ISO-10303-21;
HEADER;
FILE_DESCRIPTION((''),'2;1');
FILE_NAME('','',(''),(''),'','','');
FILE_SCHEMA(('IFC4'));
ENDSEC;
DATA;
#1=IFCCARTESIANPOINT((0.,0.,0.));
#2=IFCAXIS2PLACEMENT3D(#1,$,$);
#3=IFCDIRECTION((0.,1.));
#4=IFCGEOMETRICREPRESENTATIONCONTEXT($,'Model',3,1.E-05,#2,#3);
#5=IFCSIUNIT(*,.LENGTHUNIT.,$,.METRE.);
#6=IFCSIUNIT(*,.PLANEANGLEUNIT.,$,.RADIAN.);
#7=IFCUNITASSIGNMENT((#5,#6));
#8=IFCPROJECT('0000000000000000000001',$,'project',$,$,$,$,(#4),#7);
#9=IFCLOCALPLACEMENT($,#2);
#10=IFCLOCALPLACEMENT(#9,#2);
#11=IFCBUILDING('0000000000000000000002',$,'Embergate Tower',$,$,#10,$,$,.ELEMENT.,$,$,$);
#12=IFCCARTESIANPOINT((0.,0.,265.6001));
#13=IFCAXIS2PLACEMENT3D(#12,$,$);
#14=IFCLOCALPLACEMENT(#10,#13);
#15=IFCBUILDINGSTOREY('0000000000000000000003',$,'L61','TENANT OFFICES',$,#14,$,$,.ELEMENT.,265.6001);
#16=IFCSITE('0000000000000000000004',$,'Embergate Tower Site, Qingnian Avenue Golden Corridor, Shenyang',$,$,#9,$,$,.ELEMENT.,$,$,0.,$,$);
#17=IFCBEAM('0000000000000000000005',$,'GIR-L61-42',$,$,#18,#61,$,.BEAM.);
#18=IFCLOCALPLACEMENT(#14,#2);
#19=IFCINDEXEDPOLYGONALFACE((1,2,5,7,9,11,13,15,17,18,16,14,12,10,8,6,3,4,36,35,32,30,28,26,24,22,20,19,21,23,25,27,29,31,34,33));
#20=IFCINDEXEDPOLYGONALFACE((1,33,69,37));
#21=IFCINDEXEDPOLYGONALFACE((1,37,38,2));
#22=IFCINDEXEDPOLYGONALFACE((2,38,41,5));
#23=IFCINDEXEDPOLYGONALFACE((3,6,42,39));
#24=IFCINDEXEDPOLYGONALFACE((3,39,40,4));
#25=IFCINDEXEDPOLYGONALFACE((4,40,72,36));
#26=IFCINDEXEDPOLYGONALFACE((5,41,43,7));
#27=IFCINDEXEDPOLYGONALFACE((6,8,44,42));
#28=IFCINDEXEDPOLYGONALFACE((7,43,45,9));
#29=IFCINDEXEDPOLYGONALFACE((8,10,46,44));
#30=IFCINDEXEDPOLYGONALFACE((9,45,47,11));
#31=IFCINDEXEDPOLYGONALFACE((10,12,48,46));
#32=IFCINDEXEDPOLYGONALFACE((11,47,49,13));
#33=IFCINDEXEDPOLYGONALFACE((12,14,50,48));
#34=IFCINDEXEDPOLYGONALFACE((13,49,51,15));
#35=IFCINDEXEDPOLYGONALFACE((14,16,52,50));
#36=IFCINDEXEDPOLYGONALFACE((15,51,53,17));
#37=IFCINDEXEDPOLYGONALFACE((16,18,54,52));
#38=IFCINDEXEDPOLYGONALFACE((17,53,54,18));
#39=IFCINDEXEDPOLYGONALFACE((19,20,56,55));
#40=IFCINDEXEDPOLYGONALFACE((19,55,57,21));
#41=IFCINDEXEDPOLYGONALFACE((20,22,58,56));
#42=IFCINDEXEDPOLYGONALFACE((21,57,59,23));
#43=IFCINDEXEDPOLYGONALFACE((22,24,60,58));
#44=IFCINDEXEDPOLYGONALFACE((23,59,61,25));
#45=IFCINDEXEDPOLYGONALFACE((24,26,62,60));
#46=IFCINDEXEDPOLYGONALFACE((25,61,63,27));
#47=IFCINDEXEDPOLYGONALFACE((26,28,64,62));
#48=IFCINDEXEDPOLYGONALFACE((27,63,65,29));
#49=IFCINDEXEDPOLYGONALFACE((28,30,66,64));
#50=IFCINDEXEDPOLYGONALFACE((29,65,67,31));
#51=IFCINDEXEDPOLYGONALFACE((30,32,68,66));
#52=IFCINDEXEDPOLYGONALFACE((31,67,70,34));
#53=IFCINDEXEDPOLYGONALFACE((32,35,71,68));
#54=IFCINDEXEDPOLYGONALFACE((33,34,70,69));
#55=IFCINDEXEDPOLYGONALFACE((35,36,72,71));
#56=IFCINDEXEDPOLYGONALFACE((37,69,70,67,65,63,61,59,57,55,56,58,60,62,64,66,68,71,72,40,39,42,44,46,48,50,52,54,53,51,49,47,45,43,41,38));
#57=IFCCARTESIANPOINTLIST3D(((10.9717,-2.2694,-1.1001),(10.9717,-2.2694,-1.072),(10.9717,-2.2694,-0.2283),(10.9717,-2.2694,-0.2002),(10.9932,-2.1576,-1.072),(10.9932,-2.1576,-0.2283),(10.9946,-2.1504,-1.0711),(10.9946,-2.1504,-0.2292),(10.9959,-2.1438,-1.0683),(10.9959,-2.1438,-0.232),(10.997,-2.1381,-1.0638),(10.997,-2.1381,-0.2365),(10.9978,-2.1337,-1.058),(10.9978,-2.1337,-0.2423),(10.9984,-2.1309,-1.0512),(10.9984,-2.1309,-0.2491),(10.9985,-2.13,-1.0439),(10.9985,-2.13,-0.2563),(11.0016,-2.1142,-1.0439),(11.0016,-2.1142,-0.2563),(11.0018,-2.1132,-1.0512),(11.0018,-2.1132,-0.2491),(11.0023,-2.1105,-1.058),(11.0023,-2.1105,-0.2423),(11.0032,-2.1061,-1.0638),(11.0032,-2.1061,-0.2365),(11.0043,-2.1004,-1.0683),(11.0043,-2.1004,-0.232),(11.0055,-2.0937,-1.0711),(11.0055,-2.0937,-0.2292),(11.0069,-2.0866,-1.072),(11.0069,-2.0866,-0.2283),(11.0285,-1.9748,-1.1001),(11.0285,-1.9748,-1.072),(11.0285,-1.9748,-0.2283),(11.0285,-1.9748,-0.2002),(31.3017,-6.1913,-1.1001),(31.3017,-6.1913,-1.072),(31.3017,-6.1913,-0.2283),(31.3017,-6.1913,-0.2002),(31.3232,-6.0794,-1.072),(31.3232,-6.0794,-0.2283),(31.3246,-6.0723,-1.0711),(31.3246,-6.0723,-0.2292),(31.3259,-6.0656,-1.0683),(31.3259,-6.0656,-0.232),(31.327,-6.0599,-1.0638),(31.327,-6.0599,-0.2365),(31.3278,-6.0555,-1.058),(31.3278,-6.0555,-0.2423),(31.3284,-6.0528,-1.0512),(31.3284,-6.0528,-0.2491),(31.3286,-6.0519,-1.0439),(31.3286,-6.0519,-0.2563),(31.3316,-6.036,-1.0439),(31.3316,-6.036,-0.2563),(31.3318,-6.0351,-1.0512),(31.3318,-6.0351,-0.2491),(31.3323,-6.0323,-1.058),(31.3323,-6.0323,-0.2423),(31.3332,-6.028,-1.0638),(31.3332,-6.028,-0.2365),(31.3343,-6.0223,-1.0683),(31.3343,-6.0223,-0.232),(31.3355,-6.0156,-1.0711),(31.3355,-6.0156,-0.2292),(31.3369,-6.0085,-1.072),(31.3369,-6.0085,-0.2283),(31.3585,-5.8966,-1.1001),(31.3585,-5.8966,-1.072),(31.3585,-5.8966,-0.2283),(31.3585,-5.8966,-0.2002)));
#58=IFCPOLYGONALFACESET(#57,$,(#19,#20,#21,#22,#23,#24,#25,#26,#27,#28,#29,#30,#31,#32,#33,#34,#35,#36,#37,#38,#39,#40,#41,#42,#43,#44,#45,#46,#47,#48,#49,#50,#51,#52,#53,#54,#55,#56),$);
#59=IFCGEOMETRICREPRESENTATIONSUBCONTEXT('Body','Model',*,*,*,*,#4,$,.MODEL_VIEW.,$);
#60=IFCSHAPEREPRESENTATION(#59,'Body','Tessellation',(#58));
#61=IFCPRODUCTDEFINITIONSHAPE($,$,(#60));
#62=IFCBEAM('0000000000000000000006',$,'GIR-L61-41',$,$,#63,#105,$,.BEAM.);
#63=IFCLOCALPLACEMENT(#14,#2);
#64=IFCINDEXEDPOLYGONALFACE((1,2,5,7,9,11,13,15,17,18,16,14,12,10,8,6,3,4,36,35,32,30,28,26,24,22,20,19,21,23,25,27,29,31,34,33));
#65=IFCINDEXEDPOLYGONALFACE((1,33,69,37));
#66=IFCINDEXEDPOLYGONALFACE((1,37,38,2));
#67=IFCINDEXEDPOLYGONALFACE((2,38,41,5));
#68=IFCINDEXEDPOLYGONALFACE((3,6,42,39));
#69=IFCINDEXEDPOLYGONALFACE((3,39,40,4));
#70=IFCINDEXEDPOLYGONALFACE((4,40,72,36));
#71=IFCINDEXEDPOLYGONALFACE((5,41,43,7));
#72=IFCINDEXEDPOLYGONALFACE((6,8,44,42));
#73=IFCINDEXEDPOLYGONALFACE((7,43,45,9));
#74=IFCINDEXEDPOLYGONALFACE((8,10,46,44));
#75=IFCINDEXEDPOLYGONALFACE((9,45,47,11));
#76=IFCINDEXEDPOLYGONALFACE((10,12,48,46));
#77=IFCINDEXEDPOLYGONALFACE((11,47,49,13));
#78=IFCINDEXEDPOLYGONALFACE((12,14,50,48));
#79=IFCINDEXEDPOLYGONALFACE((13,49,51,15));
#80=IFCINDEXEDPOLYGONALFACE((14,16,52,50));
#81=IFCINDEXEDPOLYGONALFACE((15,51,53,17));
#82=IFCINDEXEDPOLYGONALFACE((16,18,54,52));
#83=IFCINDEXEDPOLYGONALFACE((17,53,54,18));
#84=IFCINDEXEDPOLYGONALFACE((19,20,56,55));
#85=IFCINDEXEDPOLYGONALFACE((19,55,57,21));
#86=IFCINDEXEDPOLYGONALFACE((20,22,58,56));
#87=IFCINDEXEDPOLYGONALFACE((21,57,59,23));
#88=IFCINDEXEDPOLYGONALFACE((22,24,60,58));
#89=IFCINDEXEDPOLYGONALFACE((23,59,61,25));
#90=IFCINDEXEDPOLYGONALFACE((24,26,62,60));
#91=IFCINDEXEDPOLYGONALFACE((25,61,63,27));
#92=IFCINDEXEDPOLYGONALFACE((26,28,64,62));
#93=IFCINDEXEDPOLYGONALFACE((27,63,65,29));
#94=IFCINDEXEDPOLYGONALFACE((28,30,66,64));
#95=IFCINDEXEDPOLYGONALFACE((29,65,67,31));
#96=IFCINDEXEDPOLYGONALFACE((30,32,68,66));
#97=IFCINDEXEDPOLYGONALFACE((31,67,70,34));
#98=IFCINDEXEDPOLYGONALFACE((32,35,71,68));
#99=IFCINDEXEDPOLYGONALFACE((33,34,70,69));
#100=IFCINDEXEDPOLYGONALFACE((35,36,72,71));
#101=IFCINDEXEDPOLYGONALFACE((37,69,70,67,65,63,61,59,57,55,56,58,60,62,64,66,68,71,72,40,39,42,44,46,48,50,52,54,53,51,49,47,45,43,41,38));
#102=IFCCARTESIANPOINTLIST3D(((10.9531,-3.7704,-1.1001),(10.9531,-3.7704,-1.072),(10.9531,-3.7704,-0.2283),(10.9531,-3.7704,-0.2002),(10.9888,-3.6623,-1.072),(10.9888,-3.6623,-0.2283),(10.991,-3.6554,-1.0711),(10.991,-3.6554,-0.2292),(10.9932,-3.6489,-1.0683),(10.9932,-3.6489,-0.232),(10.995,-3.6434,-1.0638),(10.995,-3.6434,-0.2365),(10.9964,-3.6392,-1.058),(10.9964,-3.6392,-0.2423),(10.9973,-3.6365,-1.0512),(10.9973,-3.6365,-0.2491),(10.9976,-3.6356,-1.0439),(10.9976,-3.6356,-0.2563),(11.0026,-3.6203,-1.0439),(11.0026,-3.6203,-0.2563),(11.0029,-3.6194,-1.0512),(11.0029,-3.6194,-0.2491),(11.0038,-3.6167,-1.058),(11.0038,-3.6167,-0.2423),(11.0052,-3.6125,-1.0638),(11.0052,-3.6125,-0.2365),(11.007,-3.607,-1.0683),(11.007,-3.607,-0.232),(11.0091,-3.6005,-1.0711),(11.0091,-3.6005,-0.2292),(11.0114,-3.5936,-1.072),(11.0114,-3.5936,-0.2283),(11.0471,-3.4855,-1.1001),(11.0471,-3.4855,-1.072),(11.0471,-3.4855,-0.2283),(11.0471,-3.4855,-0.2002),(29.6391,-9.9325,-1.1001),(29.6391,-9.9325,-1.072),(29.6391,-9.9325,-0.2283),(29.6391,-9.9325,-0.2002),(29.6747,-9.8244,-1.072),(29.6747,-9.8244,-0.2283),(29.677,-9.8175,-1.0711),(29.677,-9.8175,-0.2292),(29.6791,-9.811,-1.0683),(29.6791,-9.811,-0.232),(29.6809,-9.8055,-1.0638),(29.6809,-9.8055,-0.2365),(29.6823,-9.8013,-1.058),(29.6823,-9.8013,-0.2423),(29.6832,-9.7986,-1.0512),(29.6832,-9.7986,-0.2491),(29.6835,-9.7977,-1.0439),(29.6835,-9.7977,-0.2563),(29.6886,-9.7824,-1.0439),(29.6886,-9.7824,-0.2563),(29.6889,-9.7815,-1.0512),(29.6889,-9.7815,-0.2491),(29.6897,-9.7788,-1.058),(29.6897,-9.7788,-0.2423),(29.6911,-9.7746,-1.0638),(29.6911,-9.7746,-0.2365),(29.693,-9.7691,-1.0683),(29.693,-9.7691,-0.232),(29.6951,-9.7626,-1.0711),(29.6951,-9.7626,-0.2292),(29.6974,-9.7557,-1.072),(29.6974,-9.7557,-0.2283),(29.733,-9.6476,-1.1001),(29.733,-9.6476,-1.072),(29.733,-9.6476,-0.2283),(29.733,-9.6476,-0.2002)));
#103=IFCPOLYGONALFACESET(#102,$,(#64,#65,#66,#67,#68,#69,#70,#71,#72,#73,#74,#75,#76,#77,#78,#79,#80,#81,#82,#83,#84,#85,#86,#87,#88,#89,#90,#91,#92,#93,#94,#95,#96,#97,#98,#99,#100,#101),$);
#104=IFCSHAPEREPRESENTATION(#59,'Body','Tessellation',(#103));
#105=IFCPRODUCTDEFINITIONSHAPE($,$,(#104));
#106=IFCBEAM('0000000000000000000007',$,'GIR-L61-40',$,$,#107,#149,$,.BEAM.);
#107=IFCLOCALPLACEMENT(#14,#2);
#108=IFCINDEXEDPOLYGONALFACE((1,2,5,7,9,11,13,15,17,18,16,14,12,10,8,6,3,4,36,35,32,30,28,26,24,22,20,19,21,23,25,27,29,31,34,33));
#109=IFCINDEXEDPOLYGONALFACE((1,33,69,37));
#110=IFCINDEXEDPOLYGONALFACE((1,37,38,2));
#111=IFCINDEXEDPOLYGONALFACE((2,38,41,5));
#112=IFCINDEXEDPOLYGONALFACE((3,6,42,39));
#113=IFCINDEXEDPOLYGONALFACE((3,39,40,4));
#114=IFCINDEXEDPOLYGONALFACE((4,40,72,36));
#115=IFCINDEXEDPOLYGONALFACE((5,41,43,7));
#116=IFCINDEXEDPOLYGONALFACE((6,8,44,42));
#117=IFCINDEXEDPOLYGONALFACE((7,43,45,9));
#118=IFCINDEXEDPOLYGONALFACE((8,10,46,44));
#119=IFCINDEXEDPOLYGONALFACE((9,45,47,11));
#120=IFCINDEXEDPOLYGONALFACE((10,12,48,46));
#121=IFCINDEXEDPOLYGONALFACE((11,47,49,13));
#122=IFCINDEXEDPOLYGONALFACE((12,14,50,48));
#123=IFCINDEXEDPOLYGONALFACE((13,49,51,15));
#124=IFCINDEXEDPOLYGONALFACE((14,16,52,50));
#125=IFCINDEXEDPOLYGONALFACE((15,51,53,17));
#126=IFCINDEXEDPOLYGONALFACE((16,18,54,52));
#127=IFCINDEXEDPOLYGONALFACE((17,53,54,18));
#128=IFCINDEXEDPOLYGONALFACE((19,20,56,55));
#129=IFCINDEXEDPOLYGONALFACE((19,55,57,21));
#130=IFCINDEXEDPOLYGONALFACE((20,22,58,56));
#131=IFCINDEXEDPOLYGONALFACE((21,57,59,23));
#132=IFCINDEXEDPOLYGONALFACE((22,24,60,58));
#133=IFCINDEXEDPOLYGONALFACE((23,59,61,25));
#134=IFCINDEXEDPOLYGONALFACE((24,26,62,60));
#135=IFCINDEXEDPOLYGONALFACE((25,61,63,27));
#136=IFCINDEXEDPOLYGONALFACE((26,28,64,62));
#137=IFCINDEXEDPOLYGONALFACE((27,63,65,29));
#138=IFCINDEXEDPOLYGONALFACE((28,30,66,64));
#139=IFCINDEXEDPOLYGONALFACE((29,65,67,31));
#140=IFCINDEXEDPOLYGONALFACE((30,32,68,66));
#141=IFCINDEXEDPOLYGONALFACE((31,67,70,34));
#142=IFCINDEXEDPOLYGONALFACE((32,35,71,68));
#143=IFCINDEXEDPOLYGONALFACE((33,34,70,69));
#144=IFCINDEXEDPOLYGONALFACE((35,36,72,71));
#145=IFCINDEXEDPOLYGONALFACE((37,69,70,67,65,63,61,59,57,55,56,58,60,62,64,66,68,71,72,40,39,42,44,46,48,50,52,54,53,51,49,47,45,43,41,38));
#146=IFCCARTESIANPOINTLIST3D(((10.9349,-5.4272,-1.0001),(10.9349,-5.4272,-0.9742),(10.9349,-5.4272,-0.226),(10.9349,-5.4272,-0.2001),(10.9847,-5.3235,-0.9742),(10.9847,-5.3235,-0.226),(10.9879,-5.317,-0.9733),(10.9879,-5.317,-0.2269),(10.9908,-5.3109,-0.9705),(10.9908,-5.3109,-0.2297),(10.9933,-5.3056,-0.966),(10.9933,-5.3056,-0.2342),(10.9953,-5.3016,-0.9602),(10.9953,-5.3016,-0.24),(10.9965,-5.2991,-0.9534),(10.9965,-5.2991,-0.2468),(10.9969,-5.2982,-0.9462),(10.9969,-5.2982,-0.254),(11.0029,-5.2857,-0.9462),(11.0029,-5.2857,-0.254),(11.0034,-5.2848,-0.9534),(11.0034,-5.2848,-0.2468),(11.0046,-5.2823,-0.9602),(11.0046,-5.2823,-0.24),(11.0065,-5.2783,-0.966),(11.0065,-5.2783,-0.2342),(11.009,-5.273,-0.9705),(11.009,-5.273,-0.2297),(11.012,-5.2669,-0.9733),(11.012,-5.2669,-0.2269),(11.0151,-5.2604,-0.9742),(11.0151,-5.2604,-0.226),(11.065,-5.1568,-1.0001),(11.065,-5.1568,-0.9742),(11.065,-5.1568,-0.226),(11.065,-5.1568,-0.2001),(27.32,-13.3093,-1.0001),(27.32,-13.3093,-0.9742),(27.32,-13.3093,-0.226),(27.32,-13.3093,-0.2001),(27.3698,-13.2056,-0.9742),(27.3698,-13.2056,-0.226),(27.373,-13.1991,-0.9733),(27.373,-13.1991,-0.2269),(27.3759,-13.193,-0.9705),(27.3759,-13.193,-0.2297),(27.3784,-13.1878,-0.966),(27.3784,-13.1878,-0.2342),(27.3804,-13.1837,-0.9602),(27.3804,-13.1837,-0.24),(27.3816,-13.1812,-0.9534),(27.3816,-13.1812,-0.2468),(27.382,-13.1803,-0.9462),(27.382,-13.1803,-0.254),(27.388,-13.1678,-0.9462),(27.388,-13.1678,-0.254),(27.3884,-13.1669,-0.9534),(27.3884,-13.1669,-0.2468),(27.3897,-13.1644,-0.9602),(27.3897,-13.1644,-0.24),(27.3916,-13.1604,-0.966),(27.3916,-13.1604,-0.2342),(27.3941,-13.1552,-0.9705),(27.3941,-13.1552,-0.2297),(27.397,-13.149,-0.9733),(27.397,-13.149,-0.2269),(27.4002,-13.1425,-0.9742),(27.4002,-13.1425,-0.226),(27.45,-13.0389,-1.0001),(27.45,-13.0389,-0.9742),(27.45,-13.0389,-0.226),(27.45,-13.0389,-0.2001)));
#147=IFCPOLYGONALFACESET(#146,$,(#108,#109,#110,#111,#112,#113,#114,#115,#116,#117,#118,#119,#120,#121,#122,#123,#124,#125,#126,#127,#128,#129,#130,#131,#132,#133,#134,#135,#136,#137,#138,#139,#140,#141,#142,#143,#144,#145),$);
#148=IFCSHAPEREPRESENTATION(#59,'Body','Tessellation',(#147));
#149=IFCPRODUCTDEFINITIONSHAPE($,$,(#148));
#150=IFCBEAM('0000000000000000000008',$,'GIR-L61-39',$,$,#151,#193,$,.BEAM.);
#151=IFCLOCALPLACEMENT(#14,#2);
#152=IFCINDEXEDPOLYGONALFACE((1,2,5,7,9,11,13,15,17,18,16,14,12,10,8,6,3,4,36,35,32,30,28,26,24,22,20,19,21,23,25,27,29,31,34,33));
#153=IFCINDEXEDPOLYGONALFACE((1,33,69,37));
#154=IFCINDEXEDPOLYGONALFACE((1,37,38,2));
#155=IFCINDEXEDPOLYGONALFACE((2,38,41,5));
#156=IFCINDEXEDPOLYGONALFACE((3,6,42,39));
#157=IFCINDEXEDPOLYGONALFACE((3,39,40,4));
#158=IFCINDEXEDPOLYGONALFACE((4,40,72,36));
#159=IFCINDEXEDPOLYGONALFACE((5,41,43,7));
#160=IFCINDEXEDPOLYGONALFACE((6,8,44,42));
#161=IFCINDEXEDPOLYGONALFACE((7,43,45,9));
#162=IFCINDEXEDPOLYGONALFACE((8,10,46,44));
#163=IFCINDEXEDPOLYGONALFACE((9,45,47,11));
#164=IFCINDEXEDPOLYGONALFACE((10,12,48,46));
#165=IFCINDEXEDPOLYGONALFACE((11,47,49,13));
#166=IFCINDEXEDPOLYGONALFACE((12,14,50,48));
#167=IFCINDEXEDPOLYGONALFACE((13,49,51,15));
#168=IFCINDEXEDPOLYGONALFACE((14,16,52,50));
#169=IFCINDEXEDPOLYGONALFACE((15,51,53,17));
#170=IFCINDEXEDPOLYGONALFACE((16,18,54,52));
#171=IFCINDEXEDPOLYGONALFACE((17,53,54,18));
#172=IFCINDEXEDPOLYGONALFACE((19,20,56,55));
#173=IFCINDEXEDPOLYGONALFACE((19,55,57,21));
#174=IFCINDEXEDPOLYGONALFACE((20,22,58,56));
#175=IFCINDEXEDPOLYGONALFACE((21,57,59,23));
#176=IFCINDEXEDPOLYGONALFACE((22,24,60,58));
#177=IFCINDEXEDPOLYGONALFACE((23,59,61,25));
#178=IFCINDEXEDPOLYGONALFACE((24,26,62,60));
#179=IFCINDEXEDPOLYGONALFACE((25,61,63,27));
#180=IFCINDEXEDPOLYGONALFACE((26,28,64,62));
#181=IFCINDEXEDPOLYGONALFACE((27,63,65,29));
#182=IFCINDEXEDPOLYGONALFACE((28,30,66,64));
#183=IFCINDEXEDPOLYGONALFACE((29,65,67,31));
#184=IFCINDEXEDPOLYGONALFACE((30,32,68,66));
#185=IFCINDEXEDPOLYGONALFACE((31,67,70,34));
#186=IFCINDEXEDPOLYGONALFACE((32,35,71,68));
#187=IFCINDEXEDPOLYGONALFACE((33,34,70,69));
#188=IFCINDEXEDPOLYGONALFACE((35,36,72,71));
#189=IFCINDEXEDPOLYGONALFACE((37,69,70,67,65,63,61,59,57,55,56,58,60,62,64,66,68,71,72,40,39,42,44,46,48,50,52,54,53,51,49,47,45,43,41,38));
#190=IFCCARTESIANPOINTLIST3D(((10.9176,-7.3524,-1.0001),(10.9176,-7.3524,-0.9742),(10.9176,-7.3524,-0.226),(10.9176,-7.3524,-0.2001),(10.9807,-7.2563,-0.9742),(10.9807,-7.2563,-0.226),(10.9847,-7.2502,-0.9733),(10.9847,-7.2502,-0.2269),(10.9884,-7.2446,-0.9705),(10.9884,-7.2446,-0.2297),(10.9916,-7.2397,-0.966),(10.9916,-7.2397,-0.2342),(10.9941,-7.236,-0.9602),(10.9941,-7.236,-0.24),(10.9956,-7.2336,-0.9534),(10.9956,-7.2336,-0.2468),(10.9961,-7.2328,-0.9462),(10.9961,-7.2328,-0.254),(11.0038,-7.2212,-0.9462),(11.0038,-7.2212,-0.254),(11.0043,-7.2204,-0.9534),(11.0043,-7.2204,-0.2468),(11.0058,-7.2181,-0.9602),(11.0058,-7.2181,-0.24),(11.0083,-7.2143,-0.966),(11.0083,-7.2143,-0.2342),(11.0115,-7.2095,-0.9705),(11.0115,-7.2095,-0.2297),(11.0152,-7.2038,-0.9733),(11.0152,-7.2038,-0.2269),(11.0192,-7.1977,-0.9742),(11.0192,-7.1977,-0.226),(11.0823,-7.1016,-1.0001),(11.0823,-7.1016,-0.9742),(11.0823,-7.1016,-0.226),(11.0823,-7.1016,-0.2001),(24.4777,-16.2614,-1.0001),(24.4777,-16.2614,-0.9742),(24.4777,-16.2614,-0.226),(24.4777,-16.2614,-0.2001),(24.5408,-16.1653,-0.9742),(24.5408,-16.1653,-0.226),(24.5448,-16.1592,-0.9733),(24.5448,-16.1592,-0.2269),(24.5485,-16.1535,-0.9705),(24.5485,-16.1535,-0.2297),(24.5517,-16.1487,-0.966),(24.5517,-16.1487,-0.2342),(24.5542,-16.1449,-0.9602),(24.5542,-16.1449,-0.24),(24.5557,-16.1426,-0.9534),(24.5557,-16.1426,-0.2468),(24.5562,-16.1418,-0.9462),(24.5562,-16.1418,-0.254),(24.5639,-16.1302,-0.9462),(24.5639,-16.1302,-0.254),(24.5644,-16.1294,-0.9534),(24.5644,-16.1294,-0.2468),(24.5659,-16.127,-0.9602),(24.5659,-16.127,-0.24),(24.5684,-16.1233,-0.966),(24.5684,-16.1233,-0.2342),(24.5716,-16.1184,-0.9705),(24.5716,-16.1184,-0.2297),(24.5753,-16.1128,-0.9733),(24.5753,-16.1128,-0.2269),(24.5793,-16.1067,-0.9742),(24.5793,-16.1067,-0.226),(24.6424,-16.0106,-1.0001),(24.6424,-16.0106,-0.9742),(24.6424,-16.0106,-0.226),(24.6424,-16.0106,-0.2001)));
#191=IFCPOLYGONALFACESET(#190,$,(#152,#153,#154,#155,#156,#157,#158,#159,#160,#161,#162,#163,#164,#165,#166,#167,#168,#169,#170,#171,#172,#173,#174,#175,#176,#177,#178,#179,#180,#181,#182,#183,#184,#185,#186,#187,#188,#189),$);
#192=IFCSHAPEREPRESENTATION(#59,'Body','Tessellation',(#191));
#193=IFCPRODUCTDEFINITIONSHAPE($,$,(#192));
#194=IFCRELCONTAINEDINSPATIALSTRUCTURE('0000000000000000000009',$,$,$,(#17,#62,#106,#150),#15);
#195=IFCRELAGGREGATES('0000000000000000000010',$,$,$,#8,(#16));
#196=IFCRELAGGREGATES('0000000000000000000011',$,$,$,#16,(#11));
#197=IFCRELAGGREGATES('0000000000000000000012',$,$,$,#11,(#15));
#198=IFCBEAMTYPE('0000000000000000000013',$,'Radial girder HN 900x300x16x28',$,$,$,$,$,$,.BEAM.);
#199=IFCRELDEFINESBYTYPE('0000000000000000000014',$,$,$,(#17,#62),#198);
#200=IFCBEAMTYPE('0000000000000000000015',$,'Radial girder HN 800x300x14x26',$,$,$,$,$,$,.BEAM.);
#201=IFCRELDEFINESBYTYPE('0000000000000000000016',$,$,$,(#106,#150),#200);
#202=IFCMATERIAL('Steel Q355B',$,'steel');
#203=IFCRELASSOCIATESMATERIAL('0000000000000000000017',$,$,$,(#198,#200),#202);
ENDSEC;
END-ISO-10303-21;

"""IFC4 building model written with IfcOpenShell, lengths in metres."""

from ifc_helpers import new_model, si_unit, direction, frame, origin, origin_2d, place, context, subcontext, project, spatial, i_section, extrude, source, transform, mapped, material, material_profile, profile_set, type_object, element, save


model = new_model("IFC4")

# Units and contexts
model_context = context("Model", 3, precision=1e-05, world=origin(), true_north=direction((0.0, 1.0)))
body_context = subcontext(model_context, "Body", "Model", "MODEL_VIEW")
ifc_project = project(units=[si_unit("LENGTHUNIT", "METRE"), si_unit("PLANEANGLEUNIT", "RADIAN")], contexts=[model_context])

# Site, building, storey
site_placement = place(None, origin())
site = spatial("IfcSite", under=ifc_project, at=site_placement, Name="Embergate Tower Site, Qingnian Avenue Golden Corridor, Shenyang", CompositionType="ELEMENT", RefElevation=0.0)
building_placement = place(site_placement, origin())
building = spatial("IfcBuilding", under=site, at=building_placement, Name="Embergate Tower", CompositionType="ELEMENT")
storey_placement = place(building_placement, frame((0.0, 0.0, 265.6001)))
storey = spatial("IfcBuildingStorey", under=building, at=storey_placement, Name="L61", Description="TENANT OFFICES", CompositionType="ELEMENT", Elevation=265.6001)

# Beams
ifc_material_1 = material(Name="Steel Q355B", Category="steel")
ifc_material_profile_1 = material_profile(ifc_material_1, i_section(OverallWidth=0.3, OverallDepth=0.8999, WebThickness=0.0161, FlangeThickness=0.0281, FilletRadius=0.0281, at=origin_2d()), Name="HN 900x300x16x28")
ifc_profile_set_1 = profile_set([ifc_material_profile_1], Name="Steel Q355 grade B")
beam_type_1 = type_object("IfcBeamType", Name="Radial girder HN 900x300x16x28", PredefinedType="BEAM", material=ifc_profile_set_1)
shared_shape_1 = source(origin(), body_context, "Body", "SweptSolid", [
    extrude(i_section(OverallWidth=0.3, OverallDepth=0.8999, WebThickness=0.0161, FlangeThickness=0.0281, FilletRadius=0.0281, at=origin_2d()), origin(), (0.0, 0.0, 1.0), 20.7048),
])
beam_1_placement = place(storey_placement, frame((31.3301, -6.0439, -0.6501), z_axis=(-0.981897, 0.189418, 0.0), x_axis=(-0.189418, -0.981897, 0.0)))
element("IfcBeam", 1, at=beam_1_placement, inside=storey, type_object=beam_type_1, Name="GIR-L61-42", PredefinedType="BEAM", context=body_context, shape_type="MappedRepresentation", body=[
    mapped(shared_shape_1, transform((0.0, 0.0, 0.0))),
])
shared_shape_2 = source(origin(), body_context, "Body", "SweptSolid", [
    extrude(i_section(OverallWidth=0.3, OverallDepth=0.8999, WebThickness=0.0161, FlangeThickness=0.0281, FilletRadius=0.0281, at=origin_2d()), origin(), (0.0, 0.0, 1.0), 19.6758),
])
beam_2_placement = place(storey_placement, frame((29.686, -9.79, -0.6501), z_axis=(-0.949693, 0.313181, 0.0), x_axis=(-0.313181, -0.949693, 0.0)))
element("IfcBeam", 2, at=beam_2_placement, inside=storey, type_object=beam_type_1, Name="GIR-L61-41", PredefinedType="BEAM", context=body_context, shape_type="MappedRepresentation", body=[
    mapped(shared_shape_2, transform((0.0, 0.0, 0.0))),
])
ifc_material_profile_2 = material_profile(ifc_material_1, i_section(OverallWidth=0.3, OverallDepth=0.8, WebThickness=0.0139, FlangeThickness=0.0259, FilletRadius=0.0281, at=origin_2d()), Name="HN 800x300x14x26")
ifc_profile_set_2 = profile_set([ifc_material_profile_2], Name="Steel Q355 grade B")
beam_type_2 = type_object("IfcBeamType", Name="Radial girder HN 800x300x14x26", PredefinedType="BEAM", material=ifc_profile_set_2)
shared_shape_3 = source(origin(), body_context, "Body", "SweptSolid", [
    extrude(i_section(OverallWidth=0.3, OverallDepth=0.8, WebThickness=0.0139, FlangeThickness=0.0259, FilletRadius=0.0281, at=origin_2d()), origin(), (0.0, 0.0, 1.0), 18.1824),
])
beam_3_placement = place(storey_placement, frame((27.385, -13.1741, -0.6001), z_axis=(-0.901152, 0.433503, 0.0), x_axis=(-0.433503, -0.901152, 0.0)))
element("IfcBeam", 3, at=beam_3_placement, inside=storey, type_object=beam_type_2, Name="GIR-L61-40", PredefinedType="BEAM", context=body_context, shape_type="MappedRepresentation", body=[
    mapped(shared_shape_3, transform((0.0, 0.0, 0.0))),
])
shared_shape_4 = source(origin(), body_context, "Body", "SweptSolid", [
    extrude(i_section(OverallWidth=0.3, OverallDepth=0.8, WebThickness=0.0139, FlangeThickness=0.0259, FilletRadius=0.0281, at=origin_2d()), origin(), (0.0, 0.0, 1.0), 16.2249),
])
beam_4_placement = place(storey_placement, frame((24.5601, -16.136, -0.6001), z_axis=(-0.835761, 0.549094, 0.0), x_axis=(-0.549094, -0.835761, 0.0)))
element("IfcBeam", 4, at=beam_4_placement, inside=storey, type_object=beam_type_2, Name="GIR-L61-39", PredefinedType="BEAM", context=body_context, shape_type="MappedRepresentation", body=[
    mapped(shared_shape_4, transform((0.0, 0.0, 0.0))),
])

save(model, "model.ifc")
